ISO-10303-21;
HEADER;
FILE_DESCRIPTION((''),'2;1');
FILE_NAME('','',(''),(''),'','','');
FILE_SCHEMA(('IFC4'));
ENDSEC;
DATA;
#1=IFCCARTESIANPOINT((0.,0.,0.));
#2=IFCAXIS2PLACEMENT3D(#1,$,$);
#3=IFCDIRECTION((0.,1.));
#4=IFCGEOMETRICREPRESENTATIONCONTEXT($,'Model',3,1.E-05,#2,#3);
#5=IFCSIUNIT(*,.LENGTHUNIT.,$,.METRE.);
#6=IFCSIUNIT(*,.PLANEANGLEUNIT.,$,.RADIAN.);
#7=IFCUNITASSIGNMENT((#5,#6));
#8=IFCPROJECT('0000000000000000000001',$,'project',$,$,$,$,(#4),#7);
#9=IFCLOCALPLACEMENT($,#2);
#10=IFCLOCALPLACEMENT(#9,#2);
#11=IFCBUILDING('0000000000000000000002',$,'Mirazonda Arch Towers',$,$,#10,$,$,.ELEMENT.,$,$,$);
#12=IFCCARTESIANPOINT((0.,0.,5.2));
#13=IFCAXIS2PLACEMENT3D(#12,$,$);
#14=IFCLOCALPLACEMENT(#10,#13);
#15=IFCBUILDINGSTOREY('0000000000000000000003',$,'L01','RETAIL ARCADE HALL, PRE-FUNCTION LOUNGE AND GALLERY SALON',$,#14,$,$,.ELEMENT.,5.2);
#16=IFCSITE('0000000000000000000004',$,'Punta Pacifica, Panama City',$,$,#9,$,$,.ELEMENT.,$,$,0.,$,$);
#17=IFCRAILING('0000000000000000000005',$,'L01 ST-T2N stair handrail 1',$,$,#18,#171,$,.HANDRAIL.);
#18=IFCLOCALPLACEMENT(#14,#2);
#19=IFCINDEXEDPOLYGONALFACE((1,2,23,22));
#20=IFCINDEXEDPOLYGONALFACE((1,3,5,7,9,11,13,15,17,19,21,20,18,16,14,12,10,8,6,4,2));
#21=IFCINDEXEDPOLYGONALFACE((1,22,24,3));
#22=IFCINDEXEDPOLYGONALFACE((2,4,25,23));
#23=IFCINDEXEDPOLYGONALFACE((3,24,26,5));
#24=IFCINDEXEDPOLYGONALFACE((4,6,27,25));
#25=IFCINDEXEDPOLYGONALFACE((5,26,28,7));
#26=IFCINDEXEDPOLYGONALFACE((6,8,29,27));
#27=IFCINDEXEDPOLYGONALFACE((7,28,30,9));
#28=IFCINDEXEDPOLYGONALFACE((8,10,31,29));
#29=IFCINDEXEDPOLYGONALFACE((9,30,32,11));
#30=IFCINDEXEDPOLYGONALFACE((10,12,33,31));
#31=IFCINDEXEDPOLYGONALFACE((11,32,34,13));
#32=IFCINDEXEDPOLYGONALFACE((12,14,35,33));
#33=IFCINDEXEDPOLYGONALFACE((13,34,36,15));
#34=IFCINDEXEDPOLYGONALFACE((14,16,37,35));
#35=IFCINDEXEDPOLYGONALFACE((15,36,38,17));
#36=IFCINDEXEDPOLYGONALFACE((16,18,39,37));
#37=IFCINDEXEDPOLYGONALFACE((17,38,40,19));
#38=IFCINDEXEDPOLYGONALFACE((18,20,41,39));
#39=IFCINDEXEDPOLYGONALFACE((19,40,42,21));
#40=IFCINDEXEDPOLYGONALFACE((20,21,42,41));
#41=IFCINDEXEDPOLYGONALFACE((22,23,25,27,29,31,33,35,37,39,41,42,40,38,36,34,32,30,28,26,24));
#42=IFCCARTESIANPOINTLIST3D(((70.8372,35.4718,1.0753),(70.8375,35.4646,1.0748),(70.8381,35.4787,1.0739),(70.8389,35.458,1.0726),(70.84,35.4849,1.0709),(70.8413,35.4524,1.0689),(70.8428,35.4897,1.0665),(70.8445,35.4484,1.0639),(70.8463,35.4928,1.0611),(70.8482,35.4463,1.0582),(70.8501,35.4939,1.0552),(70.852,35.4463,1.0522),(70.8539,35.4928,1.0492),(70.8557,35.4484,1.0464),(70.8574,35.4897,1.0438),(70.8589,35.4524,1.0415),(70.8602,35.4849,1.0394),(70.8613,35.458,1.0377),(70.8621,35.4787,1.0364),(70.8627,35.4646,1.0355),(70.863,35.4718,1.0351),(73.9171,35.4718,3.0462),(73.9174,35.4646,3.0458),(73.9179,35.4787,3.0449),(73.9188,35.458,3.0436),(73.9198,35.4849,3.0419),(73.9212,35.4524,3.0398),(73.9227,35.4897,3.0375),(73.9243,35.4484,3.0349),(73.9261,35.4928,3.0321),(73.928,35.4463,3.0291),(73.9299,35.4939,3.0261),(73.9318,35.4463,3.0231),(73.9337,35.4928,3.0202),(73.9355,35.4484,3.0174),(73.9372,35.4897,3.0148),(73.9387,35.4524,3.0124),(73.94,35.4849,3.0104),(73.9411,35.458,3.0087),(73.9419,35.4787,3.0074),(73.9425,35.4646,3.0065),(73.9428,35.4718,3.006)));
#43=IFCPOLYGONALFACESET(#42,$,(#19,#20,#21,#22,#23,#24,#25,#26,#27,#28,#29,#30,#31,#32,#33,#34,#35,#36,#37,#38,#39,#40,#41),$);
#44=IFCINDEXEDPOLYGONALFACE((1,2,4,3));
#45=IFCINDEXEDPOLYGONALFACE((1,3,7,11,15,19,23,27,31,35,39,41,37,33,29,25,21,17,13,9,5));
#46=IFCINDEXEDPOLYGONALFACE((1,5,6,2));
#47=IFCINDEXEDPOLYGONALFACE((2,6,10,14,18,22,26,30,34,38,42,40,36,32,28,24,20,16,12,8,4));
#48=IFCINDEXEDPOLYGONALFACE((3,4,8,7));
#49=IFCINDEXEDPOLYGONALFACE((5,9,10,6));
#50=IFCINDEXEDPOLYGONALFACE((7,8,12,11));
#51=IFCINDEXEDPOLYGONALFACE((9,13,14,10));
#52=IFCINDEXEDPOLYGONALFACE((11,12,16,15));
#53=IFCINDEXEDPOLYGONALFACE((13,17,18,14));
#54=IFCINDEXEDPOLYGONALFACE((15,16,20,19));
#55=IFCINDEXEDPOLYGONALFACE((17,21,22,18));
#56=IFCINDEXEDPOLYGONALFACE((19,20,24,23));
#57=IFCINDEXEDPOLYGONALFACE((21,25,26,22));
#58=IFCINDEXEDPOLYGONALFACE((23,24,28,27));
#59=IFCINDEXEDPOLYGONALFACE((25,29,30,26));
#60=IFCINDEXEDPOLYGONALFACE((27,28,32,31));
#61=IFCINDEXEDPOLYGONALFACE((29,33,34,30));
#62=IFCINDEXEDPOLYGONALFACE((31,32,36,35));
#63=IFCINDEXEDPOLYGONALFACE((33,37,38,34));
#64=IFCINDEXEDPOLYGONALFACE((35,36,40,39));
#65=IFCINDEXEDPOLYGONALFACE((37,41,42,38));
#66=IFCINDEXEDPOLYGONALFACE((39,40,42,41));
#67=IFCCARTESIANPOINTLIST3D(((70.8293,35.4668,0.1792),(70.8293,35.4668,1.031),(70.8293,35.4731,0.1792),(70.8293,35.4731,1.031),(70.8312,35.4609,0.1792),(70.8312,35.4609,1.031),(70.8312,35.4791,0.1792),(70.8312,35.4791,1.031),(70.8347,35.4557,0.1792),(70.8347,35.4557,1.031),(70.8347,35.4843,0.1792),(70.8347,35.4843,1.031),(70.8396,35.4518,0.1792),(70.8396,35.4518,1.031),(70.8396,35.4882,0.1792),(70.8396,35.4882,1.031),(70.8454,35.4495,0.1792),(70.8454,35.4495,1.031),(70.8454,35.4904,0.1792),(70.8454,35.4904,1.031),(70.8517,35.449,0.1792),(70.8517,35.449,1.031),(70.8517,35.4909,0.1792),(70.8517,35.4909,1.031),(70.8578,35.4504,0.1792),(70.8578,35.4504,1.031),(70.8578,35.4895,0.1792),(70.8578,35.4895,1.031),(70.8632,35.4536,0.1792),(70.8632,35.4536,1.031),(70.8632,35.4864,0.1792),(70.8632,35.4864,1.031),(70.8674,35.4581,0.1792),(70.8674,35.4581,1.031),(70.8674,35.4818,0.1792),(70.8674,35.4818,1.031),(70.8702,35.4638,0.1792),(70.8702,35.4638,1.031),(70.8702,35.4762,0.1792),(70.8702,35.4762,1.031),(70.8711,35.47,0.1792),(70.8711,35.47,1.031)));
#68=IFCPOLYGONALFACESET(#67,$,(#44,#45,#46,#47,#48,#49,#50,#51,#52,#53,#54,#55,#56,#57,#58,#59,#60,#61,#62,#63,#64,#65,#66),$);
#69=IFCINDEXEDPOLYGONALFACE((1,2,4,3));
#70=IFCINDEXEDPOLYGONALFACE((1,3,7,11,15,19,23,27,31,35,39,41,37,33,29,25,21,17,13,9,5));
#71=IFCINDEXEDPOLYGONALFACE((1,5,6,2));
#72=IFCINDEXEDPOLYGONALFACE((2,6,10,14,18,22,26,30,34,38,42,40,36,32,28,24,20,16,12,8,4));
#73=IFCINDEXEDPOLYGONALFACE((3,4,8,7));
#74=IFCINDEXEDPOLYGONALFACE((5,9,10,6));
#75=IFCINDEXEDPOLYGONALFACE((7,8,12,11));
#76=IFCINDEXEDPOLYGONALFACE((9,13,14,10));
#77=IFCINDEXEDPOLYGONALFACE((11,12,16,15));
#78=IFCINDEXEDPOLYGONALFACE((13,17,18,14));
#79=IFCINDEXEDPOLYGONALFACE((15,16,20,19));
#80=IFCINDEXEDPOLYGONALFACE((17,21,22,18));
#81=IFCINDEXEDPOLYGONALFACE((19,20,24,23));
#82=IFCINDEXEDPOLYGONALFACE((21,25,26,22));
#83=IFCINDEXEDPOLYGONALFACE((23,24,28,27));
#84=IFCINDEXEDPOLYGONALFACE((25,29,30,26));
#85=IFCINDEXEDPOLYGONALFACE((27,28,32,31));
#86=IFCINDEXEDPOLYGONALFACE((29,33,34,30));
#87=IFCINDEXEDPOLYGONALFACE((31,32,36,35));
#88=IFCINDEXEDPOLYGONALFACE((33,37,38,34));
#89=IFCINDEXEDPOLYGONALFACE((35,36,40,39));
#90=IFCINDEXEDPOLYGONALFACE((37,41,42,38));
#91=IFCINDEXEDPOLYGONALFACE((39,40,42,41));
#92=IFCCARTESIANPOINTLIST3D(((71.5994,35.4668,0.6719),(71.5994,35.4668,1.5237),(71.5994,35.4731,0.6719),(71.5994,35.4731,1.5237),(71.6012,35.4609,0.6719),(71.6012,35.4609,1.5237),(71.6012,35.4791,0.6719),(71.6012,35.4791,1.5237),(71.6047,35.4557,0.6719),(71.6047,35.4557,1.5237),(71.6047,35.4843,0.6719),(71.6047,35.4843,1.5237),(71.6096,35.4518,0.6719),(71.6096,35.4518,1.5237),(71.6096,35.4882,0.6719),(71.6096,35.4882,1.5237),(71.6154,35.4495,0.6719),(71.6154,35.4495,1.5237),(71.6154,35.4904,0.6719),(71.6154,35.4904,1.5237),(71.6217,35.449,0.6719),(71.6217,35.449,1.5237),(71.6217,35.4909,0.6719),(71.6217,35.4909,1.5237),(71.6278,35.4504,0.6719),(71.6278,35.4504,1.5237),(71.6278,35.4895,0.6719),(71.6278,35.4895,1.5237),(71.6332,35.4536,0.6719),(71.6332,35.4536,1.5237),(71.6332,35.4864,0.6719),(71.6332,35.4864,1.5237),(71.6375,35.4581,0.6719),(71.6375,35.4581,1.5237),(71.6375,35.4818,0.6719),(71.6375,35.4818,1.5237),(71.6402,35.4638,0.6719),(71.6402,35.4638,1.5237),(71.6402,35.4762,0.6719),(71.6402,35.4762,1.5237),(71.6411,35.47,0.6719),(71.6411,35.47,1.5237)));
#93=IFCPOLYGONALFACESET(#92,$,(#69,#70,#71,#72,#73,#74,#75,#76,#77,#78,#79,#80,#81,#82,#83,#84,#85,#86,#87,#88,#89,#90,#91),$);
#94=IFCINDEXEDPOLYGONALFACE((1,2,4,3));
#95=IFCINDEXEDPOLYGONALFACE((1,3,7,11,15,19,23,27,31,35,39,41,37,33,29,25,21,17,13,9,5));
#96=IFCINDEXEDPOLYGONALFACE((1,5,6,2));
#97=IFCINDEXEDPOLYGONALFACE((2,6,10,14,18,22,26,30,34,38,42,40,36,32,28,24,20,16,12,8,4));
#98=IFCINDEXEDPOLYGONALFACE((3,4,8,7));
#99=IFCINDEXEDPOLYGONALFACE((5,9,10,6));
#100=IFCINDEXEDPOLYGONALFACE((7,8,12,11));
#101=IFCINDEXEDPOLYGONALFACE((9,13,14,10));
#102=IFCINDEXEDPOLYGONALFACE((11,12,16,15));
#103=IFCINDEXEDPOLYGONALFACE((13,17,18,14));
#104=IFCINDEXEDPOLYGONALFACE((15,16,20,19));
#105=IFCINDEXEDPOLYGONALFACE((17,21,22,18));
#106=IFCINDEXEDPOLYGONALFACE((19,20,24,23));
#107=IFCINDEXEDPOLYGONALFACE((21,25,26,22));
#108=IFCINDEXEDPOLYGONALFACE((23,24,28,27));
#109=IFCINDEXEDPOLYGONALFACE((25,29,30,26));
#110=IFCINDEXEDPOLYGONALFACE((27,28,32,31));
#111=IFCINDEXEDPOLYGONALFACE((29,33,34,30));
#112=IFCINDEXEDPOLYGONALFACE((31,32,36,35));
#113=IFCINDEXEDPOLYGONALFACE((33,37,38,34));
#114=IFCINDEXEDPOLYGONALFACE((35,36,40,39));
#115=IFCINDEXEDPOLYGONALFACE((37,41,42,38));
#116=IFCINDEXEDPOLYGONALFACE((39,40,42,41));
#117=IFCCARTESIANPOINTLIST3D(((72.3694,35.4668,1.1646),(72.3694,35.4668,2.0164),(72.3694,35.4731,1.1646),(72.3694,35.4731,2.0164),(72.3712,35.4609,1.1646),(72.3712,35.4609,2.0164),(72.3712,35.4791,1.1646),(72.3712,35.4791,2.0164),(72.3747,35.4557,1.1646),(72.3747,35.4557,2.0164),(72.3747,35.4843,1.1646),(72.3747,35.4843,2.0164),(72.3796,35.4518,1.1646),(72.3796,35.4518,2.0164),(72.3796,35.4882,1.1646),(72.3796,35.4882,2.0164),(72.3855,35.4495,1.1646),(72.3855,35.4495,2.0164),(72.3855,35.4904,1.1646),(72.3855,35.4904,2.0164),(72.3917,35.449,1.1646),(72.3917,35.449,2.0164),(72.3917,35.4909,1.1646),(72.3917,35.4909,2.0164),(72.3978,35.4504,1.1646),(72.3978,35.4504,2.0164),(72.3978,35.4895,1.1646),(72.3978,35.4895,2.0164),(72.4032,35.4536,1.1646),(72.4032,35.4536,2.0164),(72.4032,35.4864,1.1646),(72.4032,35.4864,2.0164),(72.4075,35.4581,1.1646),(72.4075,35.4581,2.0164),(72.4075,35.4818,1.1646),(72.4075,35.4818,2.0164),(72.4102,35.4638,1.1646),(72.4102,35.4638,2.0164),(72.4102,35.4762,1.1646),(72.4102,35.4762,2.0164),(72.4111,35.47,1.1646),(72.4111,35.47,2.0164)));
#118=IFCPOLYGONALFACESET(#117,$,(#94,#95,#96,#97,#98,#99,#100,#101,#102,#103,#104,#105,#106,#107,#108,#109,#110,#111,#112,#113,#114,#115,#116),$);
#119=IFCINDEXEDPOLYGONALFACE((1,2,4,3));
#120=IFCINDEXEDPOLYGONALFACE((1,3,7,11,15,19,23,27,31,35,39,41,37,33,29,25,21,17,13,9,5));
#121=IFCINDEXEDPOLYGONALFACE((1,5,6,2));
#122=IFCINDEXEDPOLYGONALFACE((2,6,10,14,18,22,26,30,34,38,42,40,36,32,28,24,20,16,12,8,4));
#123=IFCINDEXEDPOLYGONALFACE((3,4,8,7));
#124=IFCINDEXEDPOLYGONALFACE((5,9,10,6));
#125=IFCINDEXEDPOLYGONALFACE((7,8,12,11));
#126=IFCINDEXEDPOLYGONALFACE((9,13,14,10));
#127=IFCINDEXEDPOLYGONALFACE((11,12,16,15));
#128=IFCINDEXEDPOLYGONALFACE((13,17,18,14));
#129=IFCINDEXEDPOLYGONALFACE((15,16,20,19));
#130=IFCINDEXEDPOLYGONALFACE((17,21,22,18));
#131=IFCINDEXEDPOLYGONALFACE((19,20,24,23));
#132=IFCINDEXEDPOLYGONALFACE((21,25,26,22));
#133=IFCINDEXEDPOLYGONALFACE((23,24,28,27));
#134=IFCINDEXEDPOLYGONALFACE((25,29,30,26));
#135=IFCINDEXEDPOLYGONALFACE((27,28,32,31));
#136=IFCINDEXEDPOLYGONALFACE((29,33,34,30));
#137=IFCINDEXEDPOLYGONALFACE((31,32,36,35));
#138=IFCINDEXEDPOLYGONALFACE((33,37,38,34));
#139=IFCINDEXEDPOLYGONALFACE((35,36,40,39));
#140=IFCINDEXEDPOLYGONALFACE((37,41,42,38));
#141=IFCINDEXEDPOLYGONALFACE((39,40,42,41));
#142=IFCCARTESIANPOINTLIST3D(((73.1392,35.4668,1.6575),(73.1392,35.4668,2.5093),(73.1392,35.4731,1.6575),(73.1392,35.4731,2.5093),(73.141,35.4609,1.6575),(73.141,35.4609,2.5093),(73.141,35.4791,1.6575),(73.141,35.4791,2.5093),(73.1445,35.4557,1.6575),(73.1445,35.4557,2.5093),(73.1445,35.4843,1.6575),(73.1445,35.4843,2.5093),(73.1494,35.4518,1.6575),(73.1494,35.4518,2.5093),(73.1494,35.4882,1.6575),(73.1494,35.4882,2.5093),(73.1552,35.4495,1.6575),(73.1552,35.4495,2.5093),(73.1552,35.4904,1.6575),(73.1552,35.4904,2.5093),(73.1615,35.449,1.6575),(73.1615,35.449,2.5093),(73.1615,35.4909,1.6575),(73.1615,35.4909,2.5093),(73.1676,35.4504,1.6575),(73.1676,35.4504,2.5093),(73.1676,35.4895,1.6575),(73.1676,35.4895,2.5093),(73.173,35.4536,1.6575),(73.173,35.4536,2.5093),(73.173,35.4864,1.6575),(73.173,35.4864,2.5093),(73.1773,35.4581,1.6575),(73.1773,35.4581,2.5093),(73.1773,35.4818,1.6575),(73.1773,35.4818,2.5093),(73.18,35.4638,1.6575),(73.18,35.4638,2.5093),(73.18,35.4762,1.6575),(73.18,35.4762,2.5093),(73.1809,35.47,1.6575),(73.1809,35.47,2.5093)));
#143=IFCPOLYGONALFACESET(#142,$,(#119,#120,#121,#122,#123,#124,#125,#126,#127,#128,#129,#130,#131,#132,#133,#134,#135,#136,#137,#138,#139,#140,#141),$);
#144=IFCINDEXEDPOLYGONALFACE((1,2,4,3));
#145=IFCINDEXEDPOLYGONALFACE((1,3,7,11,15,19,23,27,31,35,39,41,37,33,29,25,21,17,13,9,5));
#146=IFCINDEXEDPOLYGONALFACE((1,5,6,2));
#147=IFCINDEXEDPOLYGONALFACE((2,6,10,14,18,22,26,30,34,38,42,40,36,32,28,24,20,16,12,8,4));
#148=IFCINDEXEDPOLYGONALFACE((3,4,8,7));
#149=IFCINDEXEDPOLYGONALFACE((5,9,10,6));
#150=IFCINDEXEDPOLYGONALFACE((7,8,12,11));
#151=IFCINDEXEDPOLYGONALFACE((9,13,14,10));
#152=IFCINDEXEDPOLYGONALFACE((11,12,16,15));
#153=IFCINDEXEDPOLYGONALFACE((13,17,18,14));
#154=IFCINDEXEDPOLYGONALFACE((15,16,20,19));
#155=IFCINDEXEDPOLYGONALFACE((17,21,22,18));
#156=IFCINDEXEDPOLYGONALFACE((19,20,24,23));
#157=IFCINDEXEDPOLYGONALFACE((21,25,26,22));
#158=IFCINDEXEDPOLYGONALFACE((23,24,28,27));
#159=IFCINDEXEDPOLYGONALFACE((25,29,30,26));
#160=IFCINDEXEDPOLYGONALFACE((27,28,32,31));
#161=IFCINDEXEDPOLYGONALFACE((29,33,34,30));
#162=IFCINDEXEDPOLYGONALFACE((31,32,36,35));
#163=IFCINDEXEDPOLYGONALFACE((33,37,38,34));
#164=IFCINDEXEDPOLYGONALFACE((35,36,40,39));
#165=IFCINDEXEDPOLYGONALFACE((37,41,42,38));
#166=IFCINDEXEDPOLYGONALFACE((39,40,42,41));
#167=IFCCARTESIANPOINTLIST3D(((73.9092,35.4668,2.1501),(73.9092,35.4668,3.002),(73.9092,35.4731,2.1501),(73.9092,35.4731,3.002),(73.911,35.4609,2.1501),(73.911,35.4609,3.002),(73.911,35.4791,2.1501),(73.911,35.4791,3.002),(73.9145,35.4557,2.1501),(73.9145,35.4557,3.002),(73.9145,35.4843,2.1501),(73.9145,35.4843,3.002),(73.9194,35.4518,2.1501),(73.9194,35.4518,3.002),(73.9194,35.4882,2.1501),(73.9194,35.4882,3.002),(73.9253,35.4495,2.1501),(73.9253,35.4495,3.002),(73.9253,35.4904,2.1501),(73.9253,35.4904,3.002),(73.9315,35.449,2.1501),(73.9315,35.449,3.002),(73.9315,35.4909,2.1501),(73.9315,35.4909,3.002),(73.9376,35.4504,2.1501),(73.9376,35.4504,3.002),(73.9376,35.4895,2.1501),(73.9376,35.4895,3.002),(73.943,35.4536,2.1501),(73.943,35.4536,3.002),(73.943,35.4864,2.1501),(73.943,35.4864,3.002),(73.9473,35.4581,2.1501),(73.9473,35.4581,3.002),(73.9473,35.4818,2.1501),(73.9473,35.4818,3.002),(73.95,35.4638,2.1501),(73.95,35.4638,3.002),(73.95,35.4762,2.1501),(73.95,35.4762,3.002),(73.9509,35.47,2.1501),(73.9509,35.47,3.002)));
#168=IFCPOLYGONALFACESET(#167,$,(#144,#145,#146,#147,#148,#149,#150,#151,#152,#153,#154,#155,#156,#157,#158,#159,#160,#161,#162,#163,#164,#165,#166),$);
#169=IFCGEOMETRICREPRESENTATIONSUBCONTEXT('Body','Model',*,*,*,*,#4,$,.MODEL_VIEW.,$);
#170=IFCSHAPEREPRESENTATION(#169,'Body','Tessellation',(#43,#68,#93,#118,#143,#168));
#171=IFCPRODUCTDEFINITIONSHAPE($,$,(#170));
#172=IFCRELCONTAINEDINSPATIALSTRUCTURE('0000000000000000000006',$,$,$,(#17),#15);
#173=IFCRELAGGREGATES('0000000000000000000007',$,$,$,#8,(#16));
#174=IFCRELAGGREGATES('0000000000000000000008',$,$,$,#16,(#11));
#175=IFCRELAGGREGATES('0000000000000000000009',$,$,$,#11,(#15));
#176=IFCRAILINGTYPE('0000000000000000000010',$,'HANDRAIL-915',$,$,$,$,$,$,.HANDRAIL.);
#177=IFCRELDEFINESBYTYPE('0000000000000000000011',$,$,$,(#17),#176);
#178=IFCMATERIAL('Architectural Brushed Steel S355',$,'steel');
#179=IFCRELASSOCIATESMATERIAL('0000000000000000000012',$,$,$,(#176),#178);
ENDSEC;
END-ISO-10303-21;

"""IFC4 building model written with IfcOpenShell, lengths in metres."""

from ifc_helpers import new_model, si_unit, direction, frame, origin, origin_2d, place, context, subcontext, project, spatial, circle, extrude, material, type_object, element, save


model = new_model("IFC4")

# Units and contexts
model_context = context("Model", 3, precision=1e-05, world=origin(), true_north=direction((0.0, 1.0)))
body_context = subcontext(model_context, "Body", "Model", "MODEL_VIEW")
ifc_project = project(units=[si_unit("LENGTHUNIT", "METRE"), si_unit("PLANEANGLEUNIT", "RADIAN")], contexts=[model_context])

# Site, building, storey
site_placement = place(None, origin())
site = spatial("IfcSite", under=ifc_project, at=site_placement, Name="Punta Pacifica, Panama City", CompositionType="ELEMENT", RefElevation=0.0)
building_placement = place(site_placement, origin())
building = spatial("IfcBuilding", under=site, at=building_placement, Name="Mirazonda Arch Towers", CompositionType="ELEMENT")
storey_placement = place(building_placement, frame((0.0, 0.0, 5.2)))
storey = spatial("IfcBuildingStorey", under=building, at=storey_placement, Name="L01", Description="RETAIL ARCADE HALL, PRE-FUNCTION LOUNGE AND GALLERY SALON", CompositionType="ELEMENT", Elevation=5.2)

# Shared definitions
ifc_material_1 = material(Name="Architectural Brushed Steel S355", Category="steel")

# Railing
railing_type_1 = type_object("IfcRailingType", Name="HANDRAIL-915", PredefinedType="HANDRAIL", material=ifc_material_1)
railing_1_placement = place(storey_placement, frame((70.8501, 35.47, 0.1792)))
element("IfcRailing", 1, at=railing_1_placement, inside=storey, type_object=railing_type_1, Name="L01 ST-T2N stair handrail 1", PredefinedType="HANDRAIL", context=body_context, shape_type="SweptSolid", body=[
    extrude(circle(Radius=0.0239, at=origin_2d()), frame((0.0, 0.0, 0.876), z_axis=(0.84229, 0.0, 0.539025), x_axis=(0.0, 1.0, 0.0)), (0.0, 0.0, 1.0), 3.6565),
    extrude(circle(Radius=0.021, at=origin_2d()), origin(), (0.0, 0.0, 1.0), 0.8518),
    extrude(circle(Radius=0.021, at=origin_2d()), frame((0.77, 0.0, 0.4927)), (0.0, 0.0, 1.0), 0.8518),
    extrude(circle(Radius=0.021, at=origin_2d()), frame((1.54, 0.0, 0.9854)), (0.0, 0.0, 1.0), 0.8518),
    extrude(circle(Radius=0.021, at=origin_2d()), frame((2.3098, 0.0, 1.4783)), (0.0, 0.0, 1.0), 0.8518),
    extrude(circle(Radius=0.021, at=origin_2d()), frame((3.0798, 0.0, 1.9709)), (0.0, 0.0, 1.0), 0.8518),
])

save(model, "model.ifc")
